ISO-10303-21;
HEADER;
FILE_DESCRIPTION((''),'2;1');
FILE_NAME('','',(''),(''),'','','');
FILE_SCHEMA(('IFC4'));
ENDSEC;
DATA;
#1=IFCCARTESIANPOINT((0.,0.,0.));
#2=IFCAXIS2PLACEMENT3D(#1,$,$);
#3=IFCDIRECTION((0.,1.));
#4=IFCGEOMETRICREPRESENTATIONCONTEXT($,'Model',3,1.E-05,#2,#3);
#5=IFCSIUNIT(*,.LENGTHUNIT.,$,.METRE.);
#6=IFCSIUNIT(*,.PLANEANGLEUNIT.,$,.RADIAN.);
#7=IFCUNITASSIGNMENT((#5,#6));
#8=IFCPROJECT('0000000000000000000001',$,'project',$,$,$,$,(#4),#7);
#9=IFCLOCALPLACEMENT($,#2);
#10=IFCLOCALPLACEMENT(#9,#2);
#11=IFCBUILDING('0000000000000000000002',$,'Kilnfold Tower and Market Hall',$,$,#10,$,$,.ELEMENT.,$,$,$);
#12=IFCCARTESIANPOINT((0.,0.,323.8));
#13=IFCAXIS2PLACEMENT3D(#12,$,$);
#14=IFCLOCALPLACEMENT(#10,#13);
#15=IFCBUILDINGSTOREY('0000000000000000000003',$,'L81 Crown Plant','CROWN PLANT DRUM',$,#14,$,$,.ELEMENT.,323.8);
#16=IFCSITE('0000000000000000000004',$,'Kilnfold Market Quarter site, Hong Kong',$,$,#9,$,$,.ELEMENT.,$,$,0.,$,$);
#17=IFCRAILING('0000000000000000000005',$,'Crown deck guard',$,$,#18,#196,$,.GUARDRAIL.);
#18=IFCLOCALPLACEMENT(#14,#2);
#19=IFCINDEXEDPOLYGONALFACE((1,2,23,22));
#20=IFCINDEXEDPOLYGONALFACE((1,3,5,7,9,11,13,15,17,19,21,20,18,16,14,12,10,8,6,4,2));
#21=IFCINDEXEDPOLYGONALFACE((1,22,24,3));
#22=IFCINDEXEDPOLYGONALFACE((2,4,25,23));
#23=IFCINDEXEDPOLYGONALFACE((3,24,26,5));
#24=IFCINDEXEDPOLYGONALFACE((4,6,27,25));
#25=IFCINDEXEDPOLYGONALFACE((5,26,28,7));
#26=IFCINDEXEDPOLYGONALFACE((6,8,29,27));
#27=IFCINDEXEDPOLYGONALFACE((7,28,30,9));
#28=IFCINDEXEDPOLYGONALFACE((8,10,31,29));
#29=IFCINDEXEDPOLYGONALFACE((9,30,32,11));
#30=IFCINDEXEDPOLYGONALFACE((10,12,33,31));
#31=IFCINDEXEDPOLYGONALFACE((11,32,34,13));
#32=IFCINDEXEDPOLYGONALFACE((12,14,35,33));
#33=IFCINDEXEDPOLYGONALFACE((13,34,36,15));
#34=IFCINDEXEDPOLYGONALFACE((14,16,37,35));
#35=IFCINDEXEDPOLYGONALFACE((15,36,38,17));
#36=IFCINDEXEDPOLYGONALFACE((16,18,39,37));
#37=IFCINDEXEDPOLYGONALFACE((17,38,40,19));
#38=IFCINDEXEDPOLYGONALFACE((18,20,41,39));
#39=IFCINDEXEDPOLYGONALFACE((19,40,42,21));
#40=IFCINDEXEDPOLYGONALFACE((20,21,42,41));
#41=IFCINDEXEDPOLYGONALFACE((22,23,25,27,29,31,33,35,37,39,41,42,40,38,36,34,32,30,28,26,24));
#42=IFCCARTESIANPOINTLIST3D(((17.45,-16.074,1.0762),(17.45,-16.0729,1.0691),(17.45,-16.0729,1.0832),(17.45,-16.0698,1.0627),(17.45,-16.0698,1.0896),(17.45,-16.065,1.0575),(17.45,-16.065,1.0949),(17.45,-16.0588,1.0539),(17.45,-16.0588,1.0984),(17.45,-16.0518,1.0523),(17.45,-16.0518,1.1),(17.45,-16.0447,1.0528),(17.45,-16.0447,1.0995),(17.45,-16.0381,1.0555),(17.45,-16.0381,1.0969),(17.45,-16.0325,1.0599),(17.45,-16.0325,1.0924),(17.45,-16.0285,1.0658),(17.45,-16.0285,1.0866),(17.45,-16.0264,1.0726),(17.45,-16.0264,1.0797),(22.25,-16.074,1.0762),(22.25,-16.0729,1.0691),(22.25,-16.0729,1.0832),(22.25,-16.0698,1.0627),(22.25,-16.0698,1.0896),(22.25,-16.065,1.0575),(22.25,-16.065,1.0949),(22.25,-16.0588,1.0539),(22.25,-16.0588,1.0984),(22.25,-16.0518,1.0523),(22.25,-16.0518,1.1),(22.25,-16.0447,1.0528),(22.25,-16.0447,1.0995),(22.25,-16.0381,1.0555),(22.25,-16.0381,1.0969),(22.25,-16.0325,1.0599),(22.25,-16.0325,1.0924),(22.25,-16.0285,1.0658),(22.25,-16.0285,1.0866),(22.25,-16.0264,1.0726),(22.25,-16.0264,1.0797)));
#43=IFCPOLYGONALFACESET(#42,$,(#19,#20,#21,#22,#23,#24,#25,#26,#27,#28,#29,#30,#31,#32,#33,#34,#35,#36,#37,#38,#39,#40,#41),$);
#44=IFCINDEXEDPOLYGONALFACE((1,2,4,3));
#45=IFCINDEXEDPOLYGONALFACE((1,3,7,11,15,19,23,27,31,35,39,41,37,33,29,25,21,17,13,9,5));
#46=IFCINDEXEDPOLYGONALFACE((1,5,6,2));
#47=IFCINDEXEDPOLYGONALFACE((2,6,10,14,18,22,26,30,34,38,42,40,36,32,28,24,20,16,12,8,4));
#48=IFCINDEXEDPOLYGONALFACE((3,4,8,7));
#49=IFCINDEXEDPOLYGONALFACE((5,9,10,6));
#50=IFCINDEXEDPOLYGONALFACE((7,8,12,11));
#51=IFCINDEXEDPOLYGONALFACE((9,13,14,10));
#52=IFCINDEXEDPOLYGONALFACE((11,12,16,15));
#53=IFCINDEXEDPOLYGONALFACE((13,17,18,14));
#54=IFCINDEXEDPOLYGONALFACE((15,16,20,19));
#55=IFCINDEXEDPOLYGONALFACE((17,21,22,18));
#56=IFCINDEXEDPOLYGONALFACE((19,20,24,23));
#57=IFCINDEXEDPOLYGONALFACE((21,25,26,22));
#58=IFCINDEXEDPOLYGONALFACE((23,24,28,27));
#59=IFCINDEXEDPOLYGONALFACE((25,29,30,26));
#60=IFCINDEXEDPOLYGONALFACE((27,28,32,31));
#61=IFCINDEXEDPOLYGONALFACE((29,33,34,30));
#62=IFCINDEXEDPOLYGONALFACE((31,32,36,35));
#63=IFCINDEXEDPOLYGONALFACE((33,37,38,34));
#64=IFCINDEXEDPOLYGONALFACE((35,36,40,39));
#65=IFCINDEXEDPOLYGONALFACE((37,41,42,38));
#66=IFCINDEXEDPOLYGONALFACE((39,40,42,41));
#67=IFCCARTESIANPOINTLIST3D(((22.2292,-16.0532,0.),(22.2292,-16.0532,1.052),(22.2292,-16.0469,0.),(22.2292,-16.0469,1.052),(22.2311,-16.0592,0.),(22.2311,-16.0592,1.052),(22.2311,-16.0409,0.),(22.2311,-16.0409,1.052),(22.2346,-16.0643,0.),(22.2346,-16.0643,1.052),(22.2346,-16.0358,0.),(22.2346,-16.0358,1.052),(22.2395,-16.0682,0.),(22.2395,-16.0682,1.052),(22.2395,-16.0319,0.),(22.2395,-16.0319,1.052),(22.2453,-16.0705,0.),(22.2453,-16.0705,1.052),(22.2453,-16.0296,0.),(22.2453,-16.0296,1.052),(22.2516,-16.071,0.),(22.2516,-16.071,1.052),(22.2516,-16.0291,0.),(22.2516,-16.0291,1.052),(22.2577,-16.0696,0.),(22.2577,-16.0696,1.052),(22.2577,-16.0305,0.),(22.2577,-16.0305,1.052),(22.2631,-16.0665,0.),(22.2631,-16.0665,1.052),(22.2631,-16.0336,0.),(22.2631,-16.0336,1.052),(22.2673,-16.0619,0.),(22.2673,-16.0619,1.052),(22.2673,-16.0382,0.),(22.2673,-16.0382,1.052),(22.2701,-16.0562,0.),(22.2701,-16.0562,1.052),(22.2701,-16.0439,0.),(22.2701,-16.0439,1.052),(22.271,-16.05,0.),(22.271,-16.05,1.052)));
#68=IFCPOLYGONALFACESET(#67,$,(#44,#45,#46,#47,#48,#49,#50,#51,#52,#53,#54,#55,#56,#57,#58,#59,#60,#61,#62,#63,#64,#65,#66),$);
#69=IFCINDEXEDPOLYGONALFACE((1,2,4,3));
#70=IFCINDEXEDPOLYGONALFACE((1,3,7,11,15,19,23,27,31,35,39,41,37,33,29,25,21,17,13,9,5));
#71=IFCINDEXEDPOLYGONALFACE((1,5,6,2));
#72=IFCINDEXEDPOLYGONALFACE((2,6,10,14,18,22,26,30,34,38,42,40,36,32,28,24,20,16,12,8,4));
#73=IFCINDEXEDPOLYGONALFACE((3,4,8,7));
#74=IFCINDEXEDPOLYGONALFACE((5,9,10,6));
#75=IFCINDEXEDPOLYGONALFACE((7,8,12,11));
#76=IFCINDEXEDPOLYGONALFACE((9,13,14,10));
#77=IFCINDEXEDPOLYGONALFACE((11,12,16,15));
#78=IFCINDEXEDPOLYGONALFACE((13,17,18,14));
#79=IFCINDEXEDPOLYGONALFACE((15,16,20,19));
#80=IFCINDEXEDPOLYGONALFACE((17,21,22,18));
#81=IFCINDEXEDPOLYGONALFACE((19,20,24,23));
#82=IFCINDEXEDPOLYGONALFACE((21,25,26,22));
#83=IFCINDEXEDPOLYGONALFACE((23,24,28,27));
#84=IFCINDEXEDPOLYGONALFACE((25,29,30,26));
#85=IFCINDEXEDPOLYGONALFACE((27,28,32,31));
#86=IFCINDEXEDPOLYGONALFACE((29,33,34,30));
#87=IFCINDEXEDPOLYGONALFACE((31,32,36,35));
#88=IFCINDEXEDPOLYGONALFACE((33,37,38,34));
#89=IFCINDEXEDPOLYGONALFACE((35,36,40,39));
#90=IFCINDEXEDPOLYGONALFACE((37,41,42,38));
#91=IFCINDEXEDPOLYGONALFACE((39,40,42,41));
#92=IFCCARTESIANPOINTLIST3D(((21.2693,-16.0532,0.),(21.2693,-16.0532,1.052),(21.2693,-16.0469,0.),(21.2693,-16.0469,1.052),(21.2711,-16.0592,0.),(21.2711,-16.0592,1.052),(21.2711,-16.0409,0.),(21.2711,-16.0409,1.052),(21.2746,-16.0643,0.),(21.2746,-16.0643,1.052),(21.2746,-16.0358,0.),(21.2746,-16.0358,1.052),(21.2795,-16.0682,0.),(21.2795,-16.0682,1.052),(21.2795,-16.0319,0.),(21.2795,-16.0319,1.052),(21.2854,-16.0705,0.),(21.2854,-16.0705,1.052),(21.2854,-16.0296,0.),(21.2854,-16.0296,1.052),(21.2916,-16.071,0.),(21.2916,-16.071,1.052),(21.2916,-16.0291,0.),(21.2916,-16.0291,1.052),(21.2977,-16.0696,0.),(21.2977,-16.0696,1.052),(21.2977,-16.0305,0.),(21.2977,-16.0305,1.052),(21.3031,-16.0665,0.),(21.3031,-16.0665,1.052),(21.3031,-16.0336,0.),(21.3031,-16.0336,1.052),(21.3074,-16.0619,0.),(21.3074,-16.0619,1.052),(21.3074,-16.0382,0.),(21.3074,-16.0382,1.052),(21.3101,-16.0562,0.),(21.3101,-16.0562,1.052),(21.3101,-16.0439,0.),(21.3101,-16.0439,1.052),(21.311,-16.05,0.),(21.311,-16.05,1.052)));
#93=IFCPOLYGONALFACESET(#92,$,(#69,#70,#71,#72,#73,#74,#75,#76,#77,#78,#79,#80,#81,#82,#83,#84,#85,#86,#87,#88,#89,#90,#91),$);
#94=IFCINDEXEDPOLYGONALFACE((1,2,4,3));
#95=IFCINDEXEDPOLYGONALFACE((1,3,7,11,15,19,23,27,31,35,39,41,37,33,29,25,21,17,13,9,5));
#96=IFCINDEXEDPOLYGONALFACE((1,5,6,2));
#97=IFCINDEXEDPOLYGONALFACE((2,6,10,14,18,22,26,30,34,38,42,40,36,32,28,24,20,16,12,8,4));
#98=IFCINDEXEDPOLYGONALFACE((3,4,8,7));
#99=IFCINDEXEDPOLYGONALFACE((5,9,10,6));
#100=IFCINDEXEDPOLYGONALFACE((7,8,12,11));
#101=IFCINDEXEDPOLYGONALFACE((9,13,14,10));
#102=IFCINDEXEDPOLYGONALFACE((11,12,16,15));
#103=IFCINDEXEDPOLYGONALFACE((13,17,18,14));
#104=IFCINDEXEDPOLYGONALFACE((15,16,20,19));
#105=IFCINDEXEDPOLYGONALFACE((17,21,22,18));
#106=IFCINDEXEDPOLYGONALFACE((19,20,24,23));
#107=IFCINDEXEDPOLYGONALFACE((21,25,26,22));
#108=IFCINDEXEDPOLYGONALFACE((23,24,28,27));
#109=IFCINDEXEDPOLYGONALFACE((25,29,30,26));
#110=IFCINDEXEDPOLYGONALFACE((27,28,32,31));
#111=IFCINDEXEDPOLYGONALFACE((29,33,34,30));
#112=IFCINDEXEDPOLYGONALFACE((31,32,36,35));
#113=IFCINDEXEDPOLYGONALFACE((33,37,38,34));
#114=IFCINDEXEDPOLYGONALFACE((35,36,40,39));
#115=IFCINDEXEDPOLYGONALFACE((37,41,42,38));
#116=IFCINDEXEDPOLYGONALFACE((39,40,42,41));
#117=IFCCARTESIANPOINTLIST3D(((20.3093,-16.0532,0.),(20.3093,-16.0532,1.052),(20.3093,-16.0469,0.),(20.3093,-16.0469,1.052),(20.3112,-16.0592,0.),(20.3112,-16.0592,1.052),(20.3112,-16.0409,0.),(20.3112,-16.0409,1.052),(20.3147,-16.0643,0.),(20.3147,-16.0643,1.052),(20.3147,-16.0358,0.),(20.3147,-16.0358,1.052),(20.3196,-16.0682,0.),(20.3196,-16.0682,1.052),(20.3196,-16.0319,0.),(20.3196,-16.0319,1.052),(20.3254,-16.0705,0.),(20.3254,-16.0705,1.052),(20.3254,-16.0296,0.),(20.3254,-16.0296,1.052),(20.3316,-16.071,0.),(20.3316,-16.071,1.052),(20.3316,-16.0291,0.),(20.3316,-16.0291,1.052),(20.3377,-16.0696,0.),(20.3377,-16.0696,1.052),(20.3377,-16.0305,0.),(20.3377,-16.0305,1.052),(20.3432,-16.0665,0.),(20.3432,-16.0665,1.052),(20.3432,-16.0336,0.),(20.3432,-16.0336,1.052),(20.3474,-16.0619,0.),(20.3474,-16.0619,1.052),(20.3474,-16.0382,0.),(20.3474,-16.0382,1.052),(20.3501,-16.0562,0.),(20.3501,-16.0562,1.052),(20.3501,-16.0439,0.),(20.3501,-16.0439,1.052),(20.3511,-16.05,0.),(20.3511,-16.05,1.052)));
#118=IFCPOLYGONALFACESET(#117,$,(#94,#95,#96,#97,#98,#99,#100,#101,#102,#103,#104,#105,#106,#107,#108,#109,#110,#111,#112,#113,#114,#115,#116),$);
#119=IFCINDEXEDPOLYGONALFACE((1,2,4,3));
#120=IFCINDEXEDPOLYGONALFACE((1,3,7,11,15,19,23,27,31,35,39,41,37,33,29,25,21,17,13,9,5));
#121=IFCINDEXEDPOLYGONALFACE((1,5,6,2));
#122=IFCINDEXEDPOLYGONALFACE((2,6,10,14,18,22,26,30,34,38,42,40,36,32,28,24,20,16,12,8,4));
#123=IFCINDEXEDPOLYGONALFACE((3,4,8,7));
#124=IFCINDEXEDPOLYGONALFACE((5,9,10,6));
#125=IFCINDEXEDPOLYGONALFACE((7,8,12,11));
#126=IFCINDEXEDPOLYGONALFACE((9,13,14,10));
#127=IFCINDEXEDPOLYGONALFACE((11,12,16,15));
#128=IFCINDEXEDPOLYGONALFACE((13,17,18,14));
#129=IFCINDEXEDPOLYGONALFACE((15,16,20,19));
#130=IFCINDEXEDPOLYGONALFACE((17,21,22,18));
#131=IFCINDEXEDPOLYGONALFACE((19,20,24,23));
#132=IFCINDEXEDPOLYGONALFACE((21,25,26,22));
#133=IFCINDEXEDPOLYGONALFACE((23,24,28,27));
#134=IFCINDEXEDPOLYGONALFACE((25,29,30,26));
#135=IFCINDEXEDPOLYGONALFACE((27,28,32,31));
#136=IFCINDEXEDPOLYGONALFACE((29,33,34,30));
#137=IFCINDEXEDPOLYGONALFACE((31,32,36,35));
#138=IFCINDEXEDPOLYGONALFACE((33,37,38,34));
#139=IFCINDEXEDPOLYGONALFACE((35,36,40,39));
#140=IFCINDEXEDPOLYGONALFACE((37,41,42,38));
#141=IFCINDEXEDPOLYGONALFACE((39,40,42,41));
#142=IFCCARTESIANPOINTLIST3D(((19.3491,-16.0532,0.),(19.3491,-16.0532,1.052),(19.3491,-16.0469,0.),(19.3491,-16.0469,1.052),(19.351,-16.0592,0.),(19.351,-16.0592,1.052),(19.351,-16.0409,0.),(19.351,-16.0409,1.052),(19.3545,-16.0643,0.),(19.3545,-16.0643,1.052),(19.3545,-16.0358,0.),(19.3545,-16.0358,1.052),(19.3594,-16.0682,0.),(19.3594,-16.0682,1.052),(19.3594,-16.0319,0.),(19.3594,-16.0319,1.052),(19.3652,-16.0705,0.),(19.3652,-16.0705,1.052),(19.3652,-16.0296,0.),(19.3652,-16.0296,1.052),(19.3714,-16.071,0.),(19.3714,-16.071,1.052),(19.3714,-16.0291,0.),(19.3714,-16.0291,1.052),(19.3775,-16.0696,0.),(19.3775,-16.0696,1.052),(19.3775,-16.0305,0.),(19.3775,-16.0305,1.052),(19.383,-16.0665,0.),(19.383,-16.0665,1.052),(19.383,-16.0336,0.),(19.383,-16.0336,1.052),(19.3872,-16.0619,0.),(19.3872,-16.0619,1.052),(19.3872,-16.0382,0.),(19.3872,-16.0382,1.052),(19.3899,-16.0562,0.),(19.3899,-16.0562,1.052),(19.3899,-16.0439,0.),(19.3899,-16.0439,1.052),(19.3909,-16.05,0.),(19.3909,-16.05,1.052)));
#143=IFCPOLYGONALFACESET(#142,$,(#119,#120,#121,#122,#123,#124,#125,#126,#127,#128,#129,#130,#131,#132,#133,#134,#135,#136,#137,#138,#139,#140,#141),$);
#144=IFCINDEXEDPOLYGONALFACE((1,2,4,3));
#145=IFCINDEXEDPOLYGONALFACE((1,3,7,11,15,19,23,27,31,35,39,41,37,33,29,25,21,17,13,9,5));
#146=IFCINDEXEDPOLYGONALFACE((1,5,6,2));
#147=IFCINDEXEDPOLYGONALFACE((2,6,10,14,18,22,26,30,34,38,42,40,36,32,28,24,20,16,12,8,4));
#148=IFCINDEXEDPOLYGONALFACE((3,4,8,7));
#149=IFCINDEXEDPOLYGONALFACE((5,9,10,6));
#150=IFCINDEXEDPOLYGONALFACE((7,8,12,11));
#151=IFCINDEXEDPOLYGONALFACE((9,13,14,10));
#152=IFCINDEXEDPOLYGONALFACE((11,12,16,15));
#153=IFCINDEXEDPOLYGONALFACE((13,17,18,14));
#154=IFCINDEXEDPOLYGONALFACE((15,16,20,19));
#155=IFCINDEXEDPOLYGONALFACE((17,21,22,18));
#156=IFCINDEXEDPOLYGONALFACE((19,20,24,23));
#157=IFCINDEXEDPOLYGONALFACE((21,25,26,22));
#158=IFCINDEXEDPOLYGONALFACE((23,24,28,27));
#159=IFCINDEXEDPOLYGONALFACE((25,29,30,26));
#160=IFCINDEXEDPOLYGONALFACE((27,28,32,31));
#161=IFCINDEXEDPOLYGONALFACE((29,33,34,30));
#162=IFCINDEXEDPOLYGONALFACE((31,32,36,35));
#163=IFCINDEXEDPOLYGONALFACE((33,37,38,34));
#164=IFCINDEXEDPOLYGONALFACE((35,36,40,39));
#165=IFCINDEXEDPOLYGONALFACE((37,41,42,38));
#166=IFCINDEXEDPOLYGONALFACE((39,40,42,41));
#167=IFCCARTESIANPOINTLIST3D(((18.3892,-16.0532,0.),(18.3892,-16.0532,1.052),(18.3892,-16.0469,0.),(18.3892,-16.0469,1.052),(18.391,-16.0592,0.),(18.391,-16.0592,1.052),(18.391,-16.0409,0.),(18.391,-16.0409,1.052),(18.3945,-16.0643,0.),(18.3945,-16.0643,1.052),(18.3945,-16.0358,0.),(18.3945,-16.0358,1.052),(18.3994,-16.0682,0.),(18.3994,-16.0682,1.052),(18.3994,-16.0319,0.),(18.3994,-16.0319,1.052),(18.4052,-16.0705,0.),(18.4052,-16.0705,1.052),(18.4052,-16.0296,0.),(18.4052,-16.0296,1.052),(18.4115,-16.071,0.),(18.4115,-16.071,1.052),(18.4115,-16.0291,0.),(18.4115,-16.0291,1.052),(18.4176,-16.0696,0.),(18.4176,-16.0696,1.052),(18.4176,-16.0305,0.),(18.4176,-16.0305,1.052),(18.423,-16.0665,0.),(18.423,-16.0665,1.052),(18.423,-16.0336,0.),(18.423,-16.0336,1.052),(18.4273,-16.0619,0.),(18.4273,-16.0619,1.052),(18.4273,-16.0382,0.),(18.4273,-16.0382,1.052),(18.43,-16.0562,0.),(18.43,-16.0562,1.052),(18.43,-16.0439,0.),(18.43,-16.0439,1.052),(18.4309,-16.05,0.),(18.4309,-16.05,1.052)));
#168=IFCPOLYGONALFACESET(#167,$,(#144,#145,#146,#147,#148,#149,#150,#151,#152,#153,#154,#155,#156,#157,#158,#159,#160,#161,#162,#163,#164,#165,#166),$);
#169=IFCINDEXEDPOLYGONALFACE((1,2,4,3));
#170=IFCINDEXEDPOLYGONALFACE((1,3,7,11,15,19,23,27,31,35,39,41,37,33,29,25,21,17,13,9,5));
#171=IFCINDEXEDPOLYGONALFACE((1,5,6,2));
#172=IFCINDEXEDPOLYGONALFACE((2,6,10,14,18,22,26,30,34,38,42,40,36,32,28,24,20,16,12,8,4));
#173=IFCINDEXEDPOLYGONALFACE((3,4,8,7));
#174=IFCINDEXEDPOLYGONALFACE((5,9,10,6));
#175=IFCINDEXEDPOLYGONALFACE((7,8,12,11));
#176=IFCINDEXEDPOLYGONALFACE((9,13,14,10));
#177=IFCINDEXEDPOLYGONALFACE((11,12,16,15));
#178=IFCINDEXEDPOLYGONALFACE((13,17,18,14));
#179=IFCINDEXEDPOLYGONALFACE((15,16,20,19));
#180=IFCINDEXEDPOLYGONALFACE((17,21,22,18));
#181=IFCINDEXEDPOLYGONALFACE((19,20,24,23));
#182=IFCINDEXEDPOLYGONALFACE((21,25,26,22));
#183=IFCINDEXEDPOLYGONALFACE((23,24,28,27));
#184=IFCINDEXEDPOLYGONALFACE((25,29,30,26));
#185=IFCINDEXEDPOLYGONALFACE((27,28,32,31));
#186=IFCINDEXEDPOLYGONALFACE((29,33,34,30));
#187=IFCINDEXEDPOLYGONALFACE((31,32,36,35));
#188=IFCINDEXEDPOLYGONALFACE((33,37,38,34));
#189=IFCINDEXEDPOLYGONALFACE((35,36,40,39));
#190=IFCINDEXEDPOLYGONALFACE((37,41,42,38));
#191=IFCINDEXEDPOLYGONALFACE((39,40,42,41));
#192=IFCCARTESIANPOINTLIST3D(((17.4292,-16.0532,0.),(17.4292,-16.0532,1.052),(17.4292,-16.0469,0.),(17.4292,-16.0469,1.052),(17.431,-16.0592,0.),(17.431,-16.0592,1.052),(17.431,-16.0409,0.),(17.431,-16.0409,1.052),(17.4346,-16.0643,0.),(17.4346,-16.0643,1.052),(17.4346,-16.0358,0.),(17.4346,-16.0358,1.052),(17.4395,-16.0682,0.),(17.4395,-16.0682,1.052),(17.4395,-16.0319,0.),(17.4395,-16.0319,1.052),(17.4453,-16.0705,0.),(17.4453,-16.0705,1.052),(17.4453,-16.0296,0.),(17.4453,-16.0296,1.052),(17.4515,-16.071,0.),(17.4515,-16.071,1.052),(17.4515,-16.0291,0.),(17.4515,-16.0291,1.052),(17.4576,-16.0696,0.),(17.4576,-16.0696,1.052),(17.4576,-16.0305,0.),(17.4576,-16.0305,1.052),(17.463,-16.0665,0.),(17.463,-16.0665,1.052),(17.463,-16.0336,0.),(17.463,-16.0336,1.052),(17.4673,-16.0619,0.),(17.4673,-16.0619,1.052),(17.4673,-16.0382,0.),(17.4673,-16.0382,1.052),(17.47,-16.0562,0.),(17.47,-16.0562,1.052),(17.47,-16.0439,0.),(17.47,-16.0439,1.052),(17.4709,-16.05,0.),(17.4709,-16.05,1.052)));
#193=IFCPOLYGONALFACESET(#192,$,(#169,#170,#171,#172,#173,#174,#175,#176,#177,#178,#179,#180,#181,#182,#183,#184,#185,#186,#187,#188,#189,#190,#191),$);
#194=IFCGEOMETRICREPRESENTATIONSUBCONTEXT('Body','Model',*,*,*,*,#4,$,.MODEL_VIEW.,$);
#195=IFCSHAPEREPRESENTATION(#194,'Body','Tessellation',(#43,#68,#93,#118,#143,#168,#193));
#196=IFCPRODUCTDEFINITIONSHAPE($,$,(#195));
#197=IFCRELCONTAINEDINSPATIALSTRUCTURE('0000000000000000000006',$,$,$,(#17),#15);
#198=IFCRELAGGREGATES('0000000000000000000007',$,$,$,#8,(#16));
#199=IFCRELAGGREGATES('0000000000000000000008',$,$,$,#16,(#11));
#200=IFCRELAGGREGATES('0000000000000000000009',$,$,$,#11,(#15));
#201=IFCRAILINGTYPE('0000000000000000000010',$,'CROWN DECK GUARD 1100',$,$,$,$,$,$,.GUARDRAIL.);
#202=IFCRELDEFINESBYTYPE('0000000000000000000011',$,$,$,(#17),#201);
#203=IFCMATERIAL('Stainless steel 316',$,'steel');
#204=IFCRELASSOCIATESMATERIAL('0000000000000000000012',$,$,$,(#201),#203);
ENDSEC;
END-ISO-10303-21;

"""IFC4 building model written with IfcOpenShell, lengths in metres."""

from ifc_helpers import new_model, si_unit, direction, frame, origin, origin_2d, place, context, subcontext, project, spatial, circle, extrude, material, type_object, element, save


model = new_model("IFC4")

# Units and contexts
model_context = context("Model", 3, precision=1e-05, world=origin(), true_north=direction((0.0, 1.0)))
body_context = subcontext(model_context, "Body", "Model", "MODEL_VIEW")
ifc_project = project(units=[si_unit("LENGTHUNIT", "METRE"), si_unit("PLANEANGLEUNIT", "RADIAN")], contexts=[model_context])

# Site, building, storey
site_placement = place(None, origin())
site = spatial("IfcSite", under=ifc_project, at=site_placement, Name="Kilnfold Market Quarter site, Hong Kong", CompositionType="ELEMENT", RefElevation=0.0)
building_placement = place(site_placement, origin())
building = spatial("IfcBuilding", under=site, at=building_placement, Name="Kilnfold Tower and Market Hall", CompositionType="ELEMENT")
storey_placement = place(building_placement, frame((0.0, 0.0, 323.8)))
storey = spatial("IfcBuildingStorey", under=building, at=storey_placement, Name="L81 Crown Plant", Description="CROWN PLANT DRUM", CompositionType="ELEMENT", Elevation=323.8)

# Railing
ifc_material_1 = material(Name="Stainless steel 316", Category="steel")
railing_type_1 = type_object("IfcRailingType", Name="CROWN DECK GUARD 1100", PredefinedType="GUARDRAIL", material=ifc_material_1)
railing_1_placement = place(storey_placement, frame((22.25, -16.05, 0.0)))
element("IfcRailing", 1, at=railing_1_placement, inside=storey, type_object=railing_type_1, Name="Crown deck guard", PredefinedType="GUARDRAIL", context=body_context, shape_type="SweptSolid", body=[
    extrude(circle(Radius=0.0239, at=origin_2d()), frame((0.0, 0.0, 1.0762), z_axis=(-1.0, 0.0, 0.0), x_axis=(0.0, -1.0, 0.0)), (0.0, 0.0, 1.0), 4.8),
    extrude(circle(Radius=0.021, at=origin_2d()), origin(), (0.0, 0.0, 1.0), 1.052),
    extrude(circle(Radius=0.021, at=origin_2d()), frame((-0.96, 0.0, 0.0)), (0.0, 0.0, 1.0), 1.052),
    extrude(circle(Radius=0.021, at=origin_2d()), frame((-1.9199, 0.0, 0.0)), (0.0, 0.0, 1.0), 1.052),
    extrude(circle(Radius=0.021, at=origin_2d()), frame((-2.8801, 0.0, 0.0)), (0.0, 0.0, 1.0), 1.052),
    extrude(circle(Radius=0.021, at=origin_2d()), frame((-3.8401, 0.0, 0.0)), (0.0, 0.0, 1.0), 1.052),
    extrude(circle(Radius=0.021, at=origin_2d()), frame((-4.8, 0.0, 0.0)), (0.0, 0.0, 1.0), 1.052),
])

save(model, "model.ifc")
